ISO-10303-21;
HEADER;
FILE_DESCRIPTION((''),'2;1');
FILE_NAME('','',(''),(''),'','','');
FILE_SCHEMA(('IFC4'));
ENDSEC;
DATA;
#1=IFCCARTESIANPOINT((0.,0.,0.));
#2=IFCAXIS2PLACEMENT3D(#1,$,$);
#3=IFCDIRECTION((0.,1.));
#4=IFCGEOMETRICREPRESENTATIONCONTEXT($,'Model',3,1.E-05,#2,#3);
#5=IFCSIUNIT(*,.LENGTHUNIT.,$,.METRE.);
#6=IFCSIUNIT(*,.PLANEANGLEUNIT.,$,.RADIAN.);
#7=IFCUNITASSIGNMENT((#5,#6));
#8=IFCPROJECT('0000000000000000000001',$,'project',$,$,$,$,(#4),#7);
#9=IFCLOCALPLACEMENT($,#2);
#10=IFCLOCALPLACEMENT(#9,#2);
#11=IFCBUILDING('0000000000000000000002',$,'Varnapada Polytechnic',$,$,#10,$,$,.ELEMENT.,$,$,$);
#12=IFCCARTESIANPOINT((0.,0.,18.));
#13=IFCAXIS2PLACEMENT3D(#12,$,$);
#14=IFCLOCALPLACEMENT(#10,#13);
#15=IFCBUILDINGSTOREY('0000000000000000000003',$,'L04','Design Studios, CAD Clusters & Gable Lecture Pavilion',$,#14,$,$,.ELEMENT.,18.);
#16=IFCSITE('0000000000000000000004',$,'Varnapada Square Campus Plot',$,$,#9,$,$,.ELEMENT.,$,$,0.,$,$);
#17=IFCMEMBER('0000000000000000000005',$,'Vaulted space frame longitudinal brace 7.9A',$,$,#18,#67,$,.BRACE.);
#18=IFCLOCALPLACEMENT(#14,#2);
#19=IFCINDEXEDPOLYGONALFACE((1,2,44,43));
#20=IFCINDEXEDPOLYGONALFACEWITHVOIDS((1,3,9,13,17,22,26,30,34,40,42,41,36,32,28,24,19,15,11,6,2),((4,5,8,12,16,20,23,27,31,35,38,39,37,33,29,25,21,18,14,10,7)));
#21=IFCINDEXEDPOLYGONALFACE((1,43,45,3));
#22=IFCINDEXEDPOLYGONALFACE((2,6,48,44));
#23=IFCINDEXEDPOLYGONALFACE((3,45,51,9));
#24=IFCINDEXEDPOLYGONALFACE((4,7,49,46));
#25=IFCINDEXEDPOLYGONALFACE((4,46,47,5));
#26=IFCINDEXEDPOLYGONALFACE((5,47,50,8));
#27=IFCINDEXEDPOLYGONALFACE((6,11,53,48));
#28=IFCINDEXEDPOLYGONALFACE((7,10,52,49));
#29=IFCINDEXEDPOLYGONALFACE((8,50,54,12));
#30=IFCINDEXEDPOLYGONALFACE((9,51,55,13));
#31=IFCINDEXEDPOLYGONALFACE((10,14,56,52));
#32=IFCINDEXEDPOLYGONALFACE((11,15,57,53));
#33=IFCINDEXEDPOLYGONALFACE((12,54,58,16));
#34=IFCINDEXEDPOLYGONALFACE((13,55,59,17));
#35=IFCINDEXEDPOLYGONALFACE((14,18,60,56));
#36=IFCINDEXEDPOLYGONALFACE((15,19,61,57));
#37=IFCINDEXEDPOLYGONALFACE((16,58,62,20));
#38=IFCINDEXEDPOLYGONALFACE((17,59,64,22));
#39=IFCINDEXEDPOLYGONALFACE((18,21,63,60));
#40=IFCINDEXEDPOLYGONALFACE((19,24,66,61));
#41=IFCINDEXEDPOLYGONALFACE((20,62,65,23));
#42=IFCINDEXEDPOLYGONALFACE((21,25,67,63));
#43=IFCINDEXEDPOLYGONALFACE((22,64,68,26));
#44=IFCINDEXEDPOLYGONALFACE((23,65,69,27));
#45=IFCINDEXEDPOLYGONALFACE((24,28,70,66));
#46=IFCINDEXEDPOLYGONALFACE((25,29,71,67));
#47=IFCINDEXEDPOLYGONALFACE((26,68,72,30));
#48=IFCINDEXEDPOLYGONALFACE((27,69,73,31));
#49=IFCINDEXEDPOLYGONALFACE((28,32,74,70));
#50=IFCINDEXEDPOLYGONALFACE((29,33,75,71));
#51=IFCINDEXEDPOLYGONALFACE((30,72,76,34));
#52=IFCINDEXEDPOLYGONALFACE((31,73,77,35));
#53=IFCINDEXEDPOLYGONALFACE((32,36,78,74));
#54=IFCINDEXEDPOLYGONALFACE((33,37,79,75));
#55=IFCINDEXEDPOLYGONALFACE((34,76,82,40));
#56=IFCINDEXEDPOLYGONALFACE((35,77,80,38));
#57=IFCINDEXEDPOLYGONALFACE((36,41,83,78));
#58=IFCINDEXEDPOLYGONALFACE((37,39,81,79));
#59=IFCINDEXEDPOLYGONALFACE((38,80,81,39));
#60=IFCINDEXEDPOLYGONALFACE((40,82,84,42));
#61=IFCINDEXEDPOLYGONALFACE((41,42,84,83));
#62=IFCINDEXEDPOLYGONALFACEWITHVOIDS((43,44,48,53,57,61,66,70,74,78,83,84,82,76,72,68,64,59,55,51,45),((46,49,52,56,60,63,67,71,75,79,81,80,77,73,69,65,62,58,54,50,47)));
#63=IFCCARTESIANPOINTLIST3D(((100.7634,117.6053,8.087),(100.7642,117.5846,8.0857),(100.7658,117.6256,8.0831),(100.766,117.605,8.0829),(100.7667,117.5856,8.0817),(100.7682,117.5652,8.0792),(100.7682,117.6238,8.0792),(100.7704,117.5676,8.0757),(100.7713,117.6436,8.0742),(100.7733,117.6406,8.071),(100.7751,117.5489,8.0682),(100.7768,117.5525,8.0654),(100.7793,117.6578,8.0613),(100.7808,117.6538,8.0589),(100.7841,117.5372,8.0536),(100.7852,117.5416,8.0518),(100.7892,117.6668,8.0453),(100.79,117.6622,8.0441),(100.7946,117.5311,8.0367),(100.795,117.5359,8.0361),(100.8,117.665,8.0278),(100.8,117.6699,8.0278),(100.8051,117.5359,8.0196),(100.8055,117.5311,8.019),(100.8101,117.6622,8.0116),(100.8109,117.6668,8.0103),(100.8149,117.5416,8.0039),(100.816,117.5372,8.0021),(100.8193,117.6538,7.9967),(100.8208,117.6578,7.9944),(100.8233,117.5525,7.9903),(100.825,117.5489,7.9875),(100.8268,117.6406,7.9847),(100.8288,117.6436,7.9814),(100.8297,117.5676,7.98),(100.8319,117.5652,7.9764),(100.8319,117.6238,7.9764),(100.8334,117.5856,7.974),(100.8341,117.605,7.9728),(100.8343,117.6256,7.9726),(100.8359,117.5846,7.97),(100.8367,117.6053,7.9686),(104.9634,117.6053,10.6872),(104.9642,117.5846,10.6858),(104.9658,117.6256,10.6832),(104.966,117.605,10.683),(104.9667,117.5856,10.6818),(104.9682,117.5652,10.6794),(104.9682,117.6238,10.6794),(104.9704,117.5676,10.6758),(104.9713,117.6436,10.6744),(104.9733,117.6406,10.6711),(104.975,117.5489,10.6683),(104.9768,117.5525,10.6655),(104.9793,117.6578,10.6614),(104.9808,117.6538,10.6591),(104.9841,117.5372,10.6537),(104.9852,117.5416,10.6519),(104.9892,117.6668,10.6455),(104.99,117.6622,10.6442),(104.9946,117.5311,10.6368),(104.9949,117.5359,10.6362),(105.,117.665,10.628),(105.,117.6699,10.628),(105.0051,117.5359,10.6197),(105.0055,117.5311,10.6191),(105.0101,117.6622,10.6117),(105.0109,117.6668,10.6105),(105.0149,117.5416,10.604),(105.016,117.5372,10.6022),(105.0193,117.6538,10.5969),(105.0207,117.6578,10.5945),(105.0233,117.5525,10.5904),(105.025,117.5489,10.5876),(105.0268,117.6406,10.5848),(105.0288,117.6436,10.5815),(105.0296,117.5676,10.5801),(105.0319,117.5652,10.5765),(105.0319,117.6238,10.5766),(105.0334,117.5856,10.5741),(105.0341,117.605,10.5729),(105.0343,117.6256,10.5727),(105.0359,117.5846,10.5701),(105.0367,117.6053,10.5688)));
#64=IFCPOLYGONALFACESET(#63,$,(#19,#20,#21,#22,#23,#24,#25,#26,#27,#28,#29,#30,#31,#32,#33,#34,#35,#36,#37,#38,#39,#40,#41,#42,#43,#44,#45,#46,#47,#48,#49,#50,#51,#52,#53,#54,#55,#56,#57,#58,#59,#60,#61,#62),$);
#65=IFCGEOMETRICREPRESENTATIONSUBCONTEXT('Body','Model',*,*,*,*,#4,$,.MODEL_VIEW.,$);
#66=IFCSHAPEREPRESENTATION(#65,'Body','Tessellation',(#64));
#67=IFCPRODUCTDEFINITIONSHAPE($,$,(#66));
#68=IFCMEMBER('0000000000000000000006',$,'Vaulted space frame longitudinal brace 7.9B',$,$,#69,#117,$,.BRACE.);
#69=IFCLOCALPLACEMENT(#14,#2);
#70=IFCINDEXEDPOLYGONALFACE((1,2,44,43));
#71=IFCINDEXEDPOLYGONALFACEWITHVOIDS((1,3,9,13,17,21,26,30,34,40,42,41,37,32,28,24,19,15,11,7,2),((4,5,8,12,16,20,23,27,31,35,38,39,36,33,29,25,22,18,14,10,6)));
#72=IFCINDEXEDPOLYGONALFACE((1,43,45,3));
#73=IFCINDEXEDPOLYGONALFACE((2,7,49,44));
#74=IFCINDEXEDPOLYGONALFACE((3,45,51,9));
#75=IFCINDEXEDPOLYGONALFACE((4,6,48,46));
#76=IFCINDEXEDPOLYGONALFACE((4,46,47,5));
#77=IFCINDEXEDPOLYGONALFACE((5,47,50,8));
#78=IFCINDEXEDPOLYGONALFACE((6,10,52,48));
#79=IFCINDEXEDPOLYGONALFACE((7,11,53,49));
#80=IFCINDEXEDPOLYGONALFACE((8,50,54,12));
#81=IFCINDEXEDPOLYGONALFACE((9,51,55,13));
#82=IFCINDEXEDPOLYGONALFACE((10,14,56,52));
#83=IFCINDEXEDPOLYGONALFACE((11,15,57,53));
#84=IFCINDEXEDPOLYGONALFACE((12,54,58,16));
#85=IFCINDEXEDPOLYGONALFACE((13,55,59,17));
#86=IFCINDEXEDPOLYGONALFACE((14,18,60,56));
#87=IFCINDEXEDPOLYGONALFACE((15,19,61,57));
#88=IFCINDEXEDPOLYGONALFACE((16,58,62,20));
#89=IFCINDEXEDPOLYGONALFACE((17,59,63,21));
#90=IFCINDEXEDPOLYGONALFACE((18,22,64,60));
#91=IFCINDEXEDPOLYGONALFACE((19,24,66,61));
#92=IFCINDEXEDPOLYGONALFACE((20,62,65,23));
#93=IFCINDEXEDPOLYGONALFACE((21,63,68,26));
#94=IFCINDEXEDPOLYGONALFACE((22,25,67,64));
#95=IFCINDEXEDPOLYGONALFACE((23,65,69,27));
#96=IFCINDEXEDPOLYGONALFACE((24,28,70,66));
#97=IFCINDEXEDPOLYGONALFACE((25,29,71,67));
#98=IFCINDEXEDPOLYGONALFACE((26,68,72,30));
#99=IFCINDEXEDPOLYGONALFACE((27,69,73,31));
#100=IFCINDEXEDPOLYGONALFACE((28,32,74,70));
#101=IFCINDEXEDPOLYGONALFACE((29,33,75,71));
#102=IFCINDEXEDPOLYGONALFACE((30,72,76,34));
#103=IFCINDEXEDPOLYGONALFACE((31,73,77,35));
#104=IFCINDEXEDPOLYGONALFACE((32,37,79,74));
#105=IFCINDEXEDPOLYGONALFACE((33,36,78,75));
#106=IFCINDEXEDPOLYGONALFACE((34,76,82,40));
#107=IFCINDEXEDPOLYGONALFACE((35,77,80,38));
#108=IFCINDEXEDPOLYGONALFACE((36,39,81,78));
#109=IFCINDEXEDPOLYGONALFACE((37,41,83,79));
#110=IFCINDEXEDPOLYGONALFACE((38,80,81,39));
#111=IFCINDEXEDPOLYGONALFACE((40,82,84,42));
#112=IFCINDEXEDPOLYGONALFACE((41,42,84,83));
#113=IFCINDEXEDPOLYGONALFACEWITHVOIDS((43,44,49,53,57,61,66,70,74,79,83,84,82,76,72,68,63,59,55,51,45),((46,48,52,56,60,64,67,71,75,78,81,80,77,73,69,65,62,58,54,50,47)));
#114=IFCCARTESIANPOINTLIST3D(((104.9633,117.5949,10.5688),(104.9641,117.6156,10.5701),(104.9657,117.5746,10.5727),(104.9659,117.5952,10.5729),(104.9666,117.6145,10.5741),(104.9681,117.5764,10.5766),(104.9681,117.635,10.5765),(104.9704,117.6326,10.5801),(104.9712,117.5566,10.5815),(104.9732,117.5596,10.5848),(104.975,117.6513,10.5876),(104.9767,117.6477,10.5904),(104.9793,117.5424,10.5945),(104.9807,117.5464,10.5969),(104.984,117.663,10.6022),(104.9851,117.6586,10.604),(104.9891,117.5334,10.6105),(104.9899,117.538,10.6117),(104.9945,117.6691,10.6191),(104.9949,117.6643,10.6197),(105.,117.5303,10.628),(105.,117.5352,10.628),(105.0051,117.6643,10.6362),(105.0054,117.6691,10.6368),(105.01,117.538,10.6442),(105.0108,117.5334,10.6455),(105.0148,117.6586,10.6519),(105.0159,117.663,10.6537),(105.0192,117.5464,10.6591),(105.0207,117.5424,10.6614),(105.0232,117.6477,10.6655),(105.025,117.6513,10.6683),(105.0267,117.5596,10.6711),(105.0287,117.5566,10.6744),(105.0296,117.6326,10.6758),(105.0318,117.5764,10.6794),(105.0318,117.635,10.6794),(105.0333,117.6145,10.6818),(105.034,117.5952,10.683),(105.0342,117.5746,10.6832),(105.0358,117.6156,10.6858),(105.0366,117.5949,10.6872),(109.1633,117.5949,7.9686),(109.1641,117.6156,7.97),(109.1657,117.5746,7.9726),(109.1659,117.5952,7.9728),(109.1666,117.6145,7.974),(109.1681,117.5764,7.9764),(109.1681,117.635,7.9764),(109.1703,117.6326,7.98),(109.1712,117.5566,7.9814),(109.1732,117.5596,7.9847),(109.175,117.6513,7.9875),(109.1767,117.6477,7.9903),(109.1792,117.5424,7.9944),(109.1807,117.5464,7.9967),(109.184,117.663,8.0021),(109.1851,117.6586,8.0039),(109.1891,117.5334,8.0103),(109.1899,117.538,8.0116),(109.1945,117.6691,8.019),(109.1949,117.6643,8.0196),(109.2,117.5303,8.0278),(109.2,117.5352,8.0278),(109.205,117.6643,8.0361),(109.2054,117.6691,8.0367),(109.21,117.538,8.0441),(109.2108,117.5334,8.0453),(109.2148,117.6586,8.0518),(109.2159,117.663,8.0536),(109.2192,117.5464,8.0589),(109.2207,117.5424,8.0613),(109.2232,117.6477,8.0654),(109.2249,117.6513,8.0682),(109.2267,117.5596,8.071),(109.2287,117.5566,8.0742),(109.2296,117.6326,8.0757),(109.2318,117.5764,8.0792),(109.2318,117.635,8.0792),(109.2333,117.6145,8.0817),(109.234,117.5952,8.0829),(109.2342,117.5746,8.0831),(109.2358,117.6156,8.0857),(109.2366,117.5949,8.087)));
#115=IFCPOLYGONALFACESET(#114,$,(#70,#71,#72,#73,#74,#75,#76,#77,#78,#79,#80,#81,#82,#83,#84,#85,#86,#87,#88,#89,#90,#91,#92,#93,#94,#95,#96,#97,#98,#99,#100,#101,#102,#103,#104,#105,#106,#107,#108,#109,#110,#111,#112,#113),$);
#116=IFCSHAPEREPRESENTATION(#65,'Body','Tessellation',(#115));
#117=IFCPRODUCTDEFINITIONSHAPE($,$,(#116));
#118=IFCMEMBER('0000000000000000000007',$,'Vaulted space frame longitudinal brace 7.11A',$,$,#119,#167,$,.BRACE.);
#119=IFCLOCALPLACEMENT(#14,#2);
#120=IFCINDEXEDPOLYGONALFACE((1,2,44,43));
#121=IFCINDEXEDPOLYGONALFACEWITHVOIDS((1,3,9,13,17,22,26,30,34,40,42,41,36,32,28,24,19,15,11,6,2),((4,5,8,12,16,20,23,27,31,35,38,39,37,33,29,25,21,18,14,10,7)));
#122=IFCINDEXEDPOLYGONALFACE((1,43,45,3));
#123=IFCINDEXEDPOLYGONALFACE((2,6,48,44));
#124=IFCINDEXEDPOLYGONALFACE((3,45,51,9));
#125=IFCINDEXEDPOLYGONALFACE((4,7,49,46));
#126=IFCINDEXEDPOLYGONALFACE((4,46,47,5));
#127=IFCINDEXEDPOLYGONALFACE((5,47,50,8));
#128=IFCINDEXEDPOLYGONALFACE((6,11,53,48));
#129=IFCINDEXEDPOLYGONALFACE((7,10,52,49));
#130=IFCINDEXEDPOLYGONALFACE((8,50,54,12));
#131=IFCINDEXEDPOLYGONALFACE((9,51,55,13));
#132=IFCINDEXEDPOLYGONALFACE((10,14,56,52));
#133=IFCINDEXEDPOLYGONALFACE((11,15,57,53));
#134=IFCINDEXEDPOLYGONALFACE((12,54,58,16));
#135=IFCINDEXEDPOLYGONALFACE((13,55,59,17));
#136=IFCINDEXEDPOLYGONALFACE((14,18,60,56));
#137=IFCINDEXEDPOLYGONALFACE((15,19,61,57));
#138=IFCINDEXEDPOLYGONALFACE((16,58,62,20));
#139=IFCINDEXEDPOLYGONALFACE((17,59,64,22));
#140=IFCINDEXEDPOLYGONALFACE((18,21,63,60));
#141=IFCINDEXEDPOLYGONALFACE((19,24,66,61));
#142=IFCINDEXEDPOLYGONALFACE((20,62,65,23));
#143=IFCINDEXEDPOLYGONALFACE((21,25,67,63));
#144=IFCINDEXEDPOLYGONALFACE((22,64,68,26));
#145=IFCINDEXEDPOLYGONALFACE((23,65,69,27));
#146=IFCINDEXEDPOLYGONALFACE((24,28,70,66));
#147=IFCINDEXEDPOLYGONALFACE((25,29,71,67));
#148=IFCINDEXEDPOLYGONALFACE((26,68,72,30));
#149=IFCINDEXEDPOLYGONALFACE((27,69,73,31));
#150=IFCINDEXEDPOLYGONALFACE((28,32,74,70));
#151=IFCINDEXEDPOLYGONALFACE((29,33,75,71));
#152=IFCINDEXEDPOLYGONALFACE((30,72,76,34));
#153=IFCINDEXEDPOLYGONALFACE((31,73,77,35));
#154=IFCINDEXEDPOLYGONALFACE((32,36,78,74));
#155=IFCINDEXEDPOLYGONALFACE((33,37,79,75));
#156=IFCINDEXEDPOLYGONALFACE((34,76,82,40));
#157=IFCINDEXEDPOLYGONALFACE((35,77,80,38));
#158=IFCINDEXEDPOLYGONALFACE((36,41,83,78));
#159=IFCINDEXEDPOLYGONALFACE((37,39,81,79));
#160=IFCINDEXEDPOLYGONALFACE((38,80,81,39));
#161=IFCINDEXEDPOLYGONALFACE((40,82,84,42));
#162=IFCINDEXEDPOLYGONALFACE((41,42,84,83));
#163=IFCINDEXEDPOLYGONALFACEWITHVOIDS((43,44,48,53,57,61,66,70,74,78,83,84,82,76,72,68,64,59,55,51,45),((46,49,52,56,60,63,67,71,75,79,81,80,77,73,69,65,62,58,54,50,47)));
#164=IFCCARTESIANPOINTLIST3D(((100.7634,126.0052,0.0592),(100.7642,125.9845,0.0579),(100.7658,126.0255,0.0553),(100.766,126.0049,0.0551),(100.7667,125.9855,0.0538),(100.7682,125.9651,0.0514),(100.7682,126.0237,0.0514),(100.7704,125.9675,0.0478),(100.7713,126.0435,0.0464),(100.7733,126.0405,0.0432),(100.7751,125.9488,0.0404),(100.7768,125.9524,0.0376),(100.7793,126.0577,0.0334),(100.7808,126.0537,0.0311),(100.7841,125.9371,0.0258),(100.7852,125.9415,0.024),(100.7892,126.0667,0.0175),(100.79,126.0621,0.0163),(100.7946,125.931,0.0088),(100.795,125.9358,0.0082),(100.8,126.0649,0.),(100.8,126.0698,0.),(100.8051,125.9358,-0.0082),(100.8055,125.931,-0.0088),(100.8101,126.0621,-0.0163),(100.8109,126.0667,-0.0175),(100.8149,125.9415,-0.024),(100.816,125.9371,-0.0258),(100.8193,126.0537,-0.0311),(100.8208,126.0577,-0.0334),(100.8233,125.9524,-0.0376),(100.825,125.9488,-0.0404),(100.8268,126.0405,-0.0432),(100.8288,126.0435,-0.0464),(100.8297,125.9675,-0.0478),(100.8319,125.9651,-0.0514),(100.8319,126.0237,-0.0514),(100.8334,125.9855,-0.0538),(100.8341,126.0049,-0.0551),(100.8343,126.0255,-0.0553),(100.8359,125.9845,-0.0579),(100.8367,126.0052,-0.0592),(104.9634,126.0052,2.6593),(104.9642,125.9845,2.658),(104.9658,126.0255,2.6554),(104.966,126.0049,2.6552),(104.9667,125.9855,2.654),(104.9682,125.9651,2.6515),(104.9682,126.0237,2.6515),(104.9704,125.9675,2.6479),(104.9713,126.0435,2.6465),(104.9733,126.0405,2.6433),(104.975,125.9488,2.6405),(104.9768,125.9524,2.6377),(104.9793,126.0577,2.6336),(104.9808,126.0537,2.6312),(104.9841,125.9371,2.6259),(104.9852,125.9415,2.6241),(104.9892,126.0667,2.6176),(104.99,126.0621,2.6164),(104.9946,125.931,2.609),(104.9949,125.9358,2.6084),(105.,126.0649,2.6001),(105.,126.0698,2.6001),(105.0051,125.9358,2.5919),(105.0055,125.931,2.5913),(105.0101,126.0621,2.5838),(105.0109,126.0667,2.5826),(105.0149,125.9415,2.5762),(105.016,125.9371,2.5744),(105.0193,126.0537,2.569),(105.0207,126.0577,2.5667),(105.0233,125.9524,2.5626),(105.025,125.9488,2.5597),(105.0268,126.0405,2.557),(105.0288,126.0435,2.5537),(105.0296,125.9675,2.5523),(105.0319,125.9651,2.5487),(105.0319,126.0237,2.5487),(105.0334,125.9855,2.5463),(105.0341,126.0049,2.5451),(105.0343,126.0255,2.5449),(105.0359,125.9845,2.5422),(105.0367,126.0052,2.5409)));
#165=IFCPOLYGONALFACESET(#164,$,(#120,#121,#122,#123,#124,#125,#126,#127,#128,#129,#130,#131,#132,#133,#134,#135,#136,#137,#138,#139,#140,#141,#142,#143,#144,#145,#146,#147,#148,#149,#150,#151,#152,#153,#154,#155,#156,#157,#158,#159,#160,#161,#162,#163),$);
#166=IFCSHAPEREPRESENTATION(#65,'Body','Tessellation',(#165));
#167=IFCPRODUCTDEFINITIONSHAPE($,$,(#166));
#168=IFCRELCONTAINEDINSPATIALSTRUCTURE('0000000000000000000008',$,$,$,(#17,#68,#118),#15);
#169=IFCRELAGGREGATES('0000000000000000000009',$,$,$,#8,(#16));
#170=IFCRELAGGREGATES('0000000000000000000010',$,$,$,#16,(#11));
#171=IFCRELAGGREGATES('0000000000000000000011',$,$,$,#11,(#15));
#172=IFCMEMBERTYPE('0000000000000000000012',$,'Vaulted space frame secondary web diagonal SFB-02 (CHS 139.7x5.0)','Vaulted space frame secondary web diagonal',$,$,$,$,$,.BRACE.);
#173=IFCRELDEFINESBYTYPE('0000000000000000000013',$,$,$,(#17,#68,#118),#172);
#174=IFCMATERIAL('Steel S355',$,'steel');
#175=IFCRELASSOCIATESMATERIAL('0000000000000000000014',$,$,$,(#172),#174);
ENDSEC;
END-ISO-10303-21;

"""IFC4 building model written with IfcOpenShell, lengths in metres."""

from ifc_helpers import new_model, si_unit, direction, frame, origin, origin_2d, place, context, subcontext, project, spatial, hollow_circle, extrude, material, material_profile, profile_set, type_object, element, save


model = new_model("IFC4")

# Units and contexts
model_context = context("Model", 3, precision=1e-05, world=origin(), true_north=direction((0.0, 1.0)))
body_context = subcontext(model_context, "Body", "Model", "MODEL_VIEW")
ifc_project = project(units=[si_unit("LENGTHUNIT", "METRE"), si_unit("PLANEANGLEUNIT", "RADIAN")], contexts=[model_context])

# Site, building, storey
site_placement = place(None, origin())
site = spatial("IfcSite", under=ifc_project, at=site_placement, Name="Varnapada Square Campus Plot", CompositionType="ELEMENT", RefElevation=0.0)
building_placement = place(site_placement, origin())
building = spatial("IfcBuilding", under=site, at=building_placement, Name="Varnapada Polytechnic", CompositionType="ELEMENT")
storey_placement = place(building_placement, frame((0.0, 0.0, 18.0)))
storey = spatial("IfcBuildingStorey", under=building, at=storey_placement, Name="L04", Description="Design Studios, CAD Clusters & Gable Lecture Pavilion", CompositionType="ELEMENT", Elevation=18.0)

# Shared definitions
ifc_material = material(Name="Steel S355", Category="steel")

# Members
ifc_material_profile_1 = material_profile(ifc_material, hollow_circle(Radius=0.0698, WallThickness=0.0049, at=origin_2d()), Name="CHS 139.7x5.0")
ifc_profile_set_1 = profile_set([ifc_material_profile_1], Name="Steel S355")
member_type_1 = type_object("IfcMemberType", Name="Vaulted space frame secondary web diagonal SFB-02 (CHS 139.7x5.0)", Description="Vaulted space frame secondary web diagonal", PredefinedType="BRACE", material=ifc_profile_set_1)
for number, where, z_axis, x_axis, name in (
    (1, (100.8, 117.6001, 8.0278), (0.850254, 0.0, 0.526373), (0.0, 1.0, 0.0), "Vaulted space frame longitudinal brace 7.9A"),
    (2, (109.2, 117.6001, 8.0278), (-0.850254, 0.0, 0.526373), (0.0, -1.0, 0.0), "Vaulted space frame longitudinal brace 7.9B"),
    (3, (100.8, 126.0, 0.0), (0.850254, 0.0, 0.526373), (0.0, 1.0, 0.0), "Vaulted space frame longitudinal brace 7.11A"),
):
    element("IfcMember", number, at=place(storey_placement, frame(where, z_axis=z_axis, x_axis=x_axis)), inside=storey, type_object=member_type_1, Name=name, PredefinedType="BRACE", context=body_context, shape_type="SweptSolid", body=[
        extrude(hollow_circle(Radius=0.0698, WallThickness=0.0049, at=origin_2d()), origin(), (0.0, 0.0, 1.0), 4.9397),
    ])

save(model, "model.ifc")
